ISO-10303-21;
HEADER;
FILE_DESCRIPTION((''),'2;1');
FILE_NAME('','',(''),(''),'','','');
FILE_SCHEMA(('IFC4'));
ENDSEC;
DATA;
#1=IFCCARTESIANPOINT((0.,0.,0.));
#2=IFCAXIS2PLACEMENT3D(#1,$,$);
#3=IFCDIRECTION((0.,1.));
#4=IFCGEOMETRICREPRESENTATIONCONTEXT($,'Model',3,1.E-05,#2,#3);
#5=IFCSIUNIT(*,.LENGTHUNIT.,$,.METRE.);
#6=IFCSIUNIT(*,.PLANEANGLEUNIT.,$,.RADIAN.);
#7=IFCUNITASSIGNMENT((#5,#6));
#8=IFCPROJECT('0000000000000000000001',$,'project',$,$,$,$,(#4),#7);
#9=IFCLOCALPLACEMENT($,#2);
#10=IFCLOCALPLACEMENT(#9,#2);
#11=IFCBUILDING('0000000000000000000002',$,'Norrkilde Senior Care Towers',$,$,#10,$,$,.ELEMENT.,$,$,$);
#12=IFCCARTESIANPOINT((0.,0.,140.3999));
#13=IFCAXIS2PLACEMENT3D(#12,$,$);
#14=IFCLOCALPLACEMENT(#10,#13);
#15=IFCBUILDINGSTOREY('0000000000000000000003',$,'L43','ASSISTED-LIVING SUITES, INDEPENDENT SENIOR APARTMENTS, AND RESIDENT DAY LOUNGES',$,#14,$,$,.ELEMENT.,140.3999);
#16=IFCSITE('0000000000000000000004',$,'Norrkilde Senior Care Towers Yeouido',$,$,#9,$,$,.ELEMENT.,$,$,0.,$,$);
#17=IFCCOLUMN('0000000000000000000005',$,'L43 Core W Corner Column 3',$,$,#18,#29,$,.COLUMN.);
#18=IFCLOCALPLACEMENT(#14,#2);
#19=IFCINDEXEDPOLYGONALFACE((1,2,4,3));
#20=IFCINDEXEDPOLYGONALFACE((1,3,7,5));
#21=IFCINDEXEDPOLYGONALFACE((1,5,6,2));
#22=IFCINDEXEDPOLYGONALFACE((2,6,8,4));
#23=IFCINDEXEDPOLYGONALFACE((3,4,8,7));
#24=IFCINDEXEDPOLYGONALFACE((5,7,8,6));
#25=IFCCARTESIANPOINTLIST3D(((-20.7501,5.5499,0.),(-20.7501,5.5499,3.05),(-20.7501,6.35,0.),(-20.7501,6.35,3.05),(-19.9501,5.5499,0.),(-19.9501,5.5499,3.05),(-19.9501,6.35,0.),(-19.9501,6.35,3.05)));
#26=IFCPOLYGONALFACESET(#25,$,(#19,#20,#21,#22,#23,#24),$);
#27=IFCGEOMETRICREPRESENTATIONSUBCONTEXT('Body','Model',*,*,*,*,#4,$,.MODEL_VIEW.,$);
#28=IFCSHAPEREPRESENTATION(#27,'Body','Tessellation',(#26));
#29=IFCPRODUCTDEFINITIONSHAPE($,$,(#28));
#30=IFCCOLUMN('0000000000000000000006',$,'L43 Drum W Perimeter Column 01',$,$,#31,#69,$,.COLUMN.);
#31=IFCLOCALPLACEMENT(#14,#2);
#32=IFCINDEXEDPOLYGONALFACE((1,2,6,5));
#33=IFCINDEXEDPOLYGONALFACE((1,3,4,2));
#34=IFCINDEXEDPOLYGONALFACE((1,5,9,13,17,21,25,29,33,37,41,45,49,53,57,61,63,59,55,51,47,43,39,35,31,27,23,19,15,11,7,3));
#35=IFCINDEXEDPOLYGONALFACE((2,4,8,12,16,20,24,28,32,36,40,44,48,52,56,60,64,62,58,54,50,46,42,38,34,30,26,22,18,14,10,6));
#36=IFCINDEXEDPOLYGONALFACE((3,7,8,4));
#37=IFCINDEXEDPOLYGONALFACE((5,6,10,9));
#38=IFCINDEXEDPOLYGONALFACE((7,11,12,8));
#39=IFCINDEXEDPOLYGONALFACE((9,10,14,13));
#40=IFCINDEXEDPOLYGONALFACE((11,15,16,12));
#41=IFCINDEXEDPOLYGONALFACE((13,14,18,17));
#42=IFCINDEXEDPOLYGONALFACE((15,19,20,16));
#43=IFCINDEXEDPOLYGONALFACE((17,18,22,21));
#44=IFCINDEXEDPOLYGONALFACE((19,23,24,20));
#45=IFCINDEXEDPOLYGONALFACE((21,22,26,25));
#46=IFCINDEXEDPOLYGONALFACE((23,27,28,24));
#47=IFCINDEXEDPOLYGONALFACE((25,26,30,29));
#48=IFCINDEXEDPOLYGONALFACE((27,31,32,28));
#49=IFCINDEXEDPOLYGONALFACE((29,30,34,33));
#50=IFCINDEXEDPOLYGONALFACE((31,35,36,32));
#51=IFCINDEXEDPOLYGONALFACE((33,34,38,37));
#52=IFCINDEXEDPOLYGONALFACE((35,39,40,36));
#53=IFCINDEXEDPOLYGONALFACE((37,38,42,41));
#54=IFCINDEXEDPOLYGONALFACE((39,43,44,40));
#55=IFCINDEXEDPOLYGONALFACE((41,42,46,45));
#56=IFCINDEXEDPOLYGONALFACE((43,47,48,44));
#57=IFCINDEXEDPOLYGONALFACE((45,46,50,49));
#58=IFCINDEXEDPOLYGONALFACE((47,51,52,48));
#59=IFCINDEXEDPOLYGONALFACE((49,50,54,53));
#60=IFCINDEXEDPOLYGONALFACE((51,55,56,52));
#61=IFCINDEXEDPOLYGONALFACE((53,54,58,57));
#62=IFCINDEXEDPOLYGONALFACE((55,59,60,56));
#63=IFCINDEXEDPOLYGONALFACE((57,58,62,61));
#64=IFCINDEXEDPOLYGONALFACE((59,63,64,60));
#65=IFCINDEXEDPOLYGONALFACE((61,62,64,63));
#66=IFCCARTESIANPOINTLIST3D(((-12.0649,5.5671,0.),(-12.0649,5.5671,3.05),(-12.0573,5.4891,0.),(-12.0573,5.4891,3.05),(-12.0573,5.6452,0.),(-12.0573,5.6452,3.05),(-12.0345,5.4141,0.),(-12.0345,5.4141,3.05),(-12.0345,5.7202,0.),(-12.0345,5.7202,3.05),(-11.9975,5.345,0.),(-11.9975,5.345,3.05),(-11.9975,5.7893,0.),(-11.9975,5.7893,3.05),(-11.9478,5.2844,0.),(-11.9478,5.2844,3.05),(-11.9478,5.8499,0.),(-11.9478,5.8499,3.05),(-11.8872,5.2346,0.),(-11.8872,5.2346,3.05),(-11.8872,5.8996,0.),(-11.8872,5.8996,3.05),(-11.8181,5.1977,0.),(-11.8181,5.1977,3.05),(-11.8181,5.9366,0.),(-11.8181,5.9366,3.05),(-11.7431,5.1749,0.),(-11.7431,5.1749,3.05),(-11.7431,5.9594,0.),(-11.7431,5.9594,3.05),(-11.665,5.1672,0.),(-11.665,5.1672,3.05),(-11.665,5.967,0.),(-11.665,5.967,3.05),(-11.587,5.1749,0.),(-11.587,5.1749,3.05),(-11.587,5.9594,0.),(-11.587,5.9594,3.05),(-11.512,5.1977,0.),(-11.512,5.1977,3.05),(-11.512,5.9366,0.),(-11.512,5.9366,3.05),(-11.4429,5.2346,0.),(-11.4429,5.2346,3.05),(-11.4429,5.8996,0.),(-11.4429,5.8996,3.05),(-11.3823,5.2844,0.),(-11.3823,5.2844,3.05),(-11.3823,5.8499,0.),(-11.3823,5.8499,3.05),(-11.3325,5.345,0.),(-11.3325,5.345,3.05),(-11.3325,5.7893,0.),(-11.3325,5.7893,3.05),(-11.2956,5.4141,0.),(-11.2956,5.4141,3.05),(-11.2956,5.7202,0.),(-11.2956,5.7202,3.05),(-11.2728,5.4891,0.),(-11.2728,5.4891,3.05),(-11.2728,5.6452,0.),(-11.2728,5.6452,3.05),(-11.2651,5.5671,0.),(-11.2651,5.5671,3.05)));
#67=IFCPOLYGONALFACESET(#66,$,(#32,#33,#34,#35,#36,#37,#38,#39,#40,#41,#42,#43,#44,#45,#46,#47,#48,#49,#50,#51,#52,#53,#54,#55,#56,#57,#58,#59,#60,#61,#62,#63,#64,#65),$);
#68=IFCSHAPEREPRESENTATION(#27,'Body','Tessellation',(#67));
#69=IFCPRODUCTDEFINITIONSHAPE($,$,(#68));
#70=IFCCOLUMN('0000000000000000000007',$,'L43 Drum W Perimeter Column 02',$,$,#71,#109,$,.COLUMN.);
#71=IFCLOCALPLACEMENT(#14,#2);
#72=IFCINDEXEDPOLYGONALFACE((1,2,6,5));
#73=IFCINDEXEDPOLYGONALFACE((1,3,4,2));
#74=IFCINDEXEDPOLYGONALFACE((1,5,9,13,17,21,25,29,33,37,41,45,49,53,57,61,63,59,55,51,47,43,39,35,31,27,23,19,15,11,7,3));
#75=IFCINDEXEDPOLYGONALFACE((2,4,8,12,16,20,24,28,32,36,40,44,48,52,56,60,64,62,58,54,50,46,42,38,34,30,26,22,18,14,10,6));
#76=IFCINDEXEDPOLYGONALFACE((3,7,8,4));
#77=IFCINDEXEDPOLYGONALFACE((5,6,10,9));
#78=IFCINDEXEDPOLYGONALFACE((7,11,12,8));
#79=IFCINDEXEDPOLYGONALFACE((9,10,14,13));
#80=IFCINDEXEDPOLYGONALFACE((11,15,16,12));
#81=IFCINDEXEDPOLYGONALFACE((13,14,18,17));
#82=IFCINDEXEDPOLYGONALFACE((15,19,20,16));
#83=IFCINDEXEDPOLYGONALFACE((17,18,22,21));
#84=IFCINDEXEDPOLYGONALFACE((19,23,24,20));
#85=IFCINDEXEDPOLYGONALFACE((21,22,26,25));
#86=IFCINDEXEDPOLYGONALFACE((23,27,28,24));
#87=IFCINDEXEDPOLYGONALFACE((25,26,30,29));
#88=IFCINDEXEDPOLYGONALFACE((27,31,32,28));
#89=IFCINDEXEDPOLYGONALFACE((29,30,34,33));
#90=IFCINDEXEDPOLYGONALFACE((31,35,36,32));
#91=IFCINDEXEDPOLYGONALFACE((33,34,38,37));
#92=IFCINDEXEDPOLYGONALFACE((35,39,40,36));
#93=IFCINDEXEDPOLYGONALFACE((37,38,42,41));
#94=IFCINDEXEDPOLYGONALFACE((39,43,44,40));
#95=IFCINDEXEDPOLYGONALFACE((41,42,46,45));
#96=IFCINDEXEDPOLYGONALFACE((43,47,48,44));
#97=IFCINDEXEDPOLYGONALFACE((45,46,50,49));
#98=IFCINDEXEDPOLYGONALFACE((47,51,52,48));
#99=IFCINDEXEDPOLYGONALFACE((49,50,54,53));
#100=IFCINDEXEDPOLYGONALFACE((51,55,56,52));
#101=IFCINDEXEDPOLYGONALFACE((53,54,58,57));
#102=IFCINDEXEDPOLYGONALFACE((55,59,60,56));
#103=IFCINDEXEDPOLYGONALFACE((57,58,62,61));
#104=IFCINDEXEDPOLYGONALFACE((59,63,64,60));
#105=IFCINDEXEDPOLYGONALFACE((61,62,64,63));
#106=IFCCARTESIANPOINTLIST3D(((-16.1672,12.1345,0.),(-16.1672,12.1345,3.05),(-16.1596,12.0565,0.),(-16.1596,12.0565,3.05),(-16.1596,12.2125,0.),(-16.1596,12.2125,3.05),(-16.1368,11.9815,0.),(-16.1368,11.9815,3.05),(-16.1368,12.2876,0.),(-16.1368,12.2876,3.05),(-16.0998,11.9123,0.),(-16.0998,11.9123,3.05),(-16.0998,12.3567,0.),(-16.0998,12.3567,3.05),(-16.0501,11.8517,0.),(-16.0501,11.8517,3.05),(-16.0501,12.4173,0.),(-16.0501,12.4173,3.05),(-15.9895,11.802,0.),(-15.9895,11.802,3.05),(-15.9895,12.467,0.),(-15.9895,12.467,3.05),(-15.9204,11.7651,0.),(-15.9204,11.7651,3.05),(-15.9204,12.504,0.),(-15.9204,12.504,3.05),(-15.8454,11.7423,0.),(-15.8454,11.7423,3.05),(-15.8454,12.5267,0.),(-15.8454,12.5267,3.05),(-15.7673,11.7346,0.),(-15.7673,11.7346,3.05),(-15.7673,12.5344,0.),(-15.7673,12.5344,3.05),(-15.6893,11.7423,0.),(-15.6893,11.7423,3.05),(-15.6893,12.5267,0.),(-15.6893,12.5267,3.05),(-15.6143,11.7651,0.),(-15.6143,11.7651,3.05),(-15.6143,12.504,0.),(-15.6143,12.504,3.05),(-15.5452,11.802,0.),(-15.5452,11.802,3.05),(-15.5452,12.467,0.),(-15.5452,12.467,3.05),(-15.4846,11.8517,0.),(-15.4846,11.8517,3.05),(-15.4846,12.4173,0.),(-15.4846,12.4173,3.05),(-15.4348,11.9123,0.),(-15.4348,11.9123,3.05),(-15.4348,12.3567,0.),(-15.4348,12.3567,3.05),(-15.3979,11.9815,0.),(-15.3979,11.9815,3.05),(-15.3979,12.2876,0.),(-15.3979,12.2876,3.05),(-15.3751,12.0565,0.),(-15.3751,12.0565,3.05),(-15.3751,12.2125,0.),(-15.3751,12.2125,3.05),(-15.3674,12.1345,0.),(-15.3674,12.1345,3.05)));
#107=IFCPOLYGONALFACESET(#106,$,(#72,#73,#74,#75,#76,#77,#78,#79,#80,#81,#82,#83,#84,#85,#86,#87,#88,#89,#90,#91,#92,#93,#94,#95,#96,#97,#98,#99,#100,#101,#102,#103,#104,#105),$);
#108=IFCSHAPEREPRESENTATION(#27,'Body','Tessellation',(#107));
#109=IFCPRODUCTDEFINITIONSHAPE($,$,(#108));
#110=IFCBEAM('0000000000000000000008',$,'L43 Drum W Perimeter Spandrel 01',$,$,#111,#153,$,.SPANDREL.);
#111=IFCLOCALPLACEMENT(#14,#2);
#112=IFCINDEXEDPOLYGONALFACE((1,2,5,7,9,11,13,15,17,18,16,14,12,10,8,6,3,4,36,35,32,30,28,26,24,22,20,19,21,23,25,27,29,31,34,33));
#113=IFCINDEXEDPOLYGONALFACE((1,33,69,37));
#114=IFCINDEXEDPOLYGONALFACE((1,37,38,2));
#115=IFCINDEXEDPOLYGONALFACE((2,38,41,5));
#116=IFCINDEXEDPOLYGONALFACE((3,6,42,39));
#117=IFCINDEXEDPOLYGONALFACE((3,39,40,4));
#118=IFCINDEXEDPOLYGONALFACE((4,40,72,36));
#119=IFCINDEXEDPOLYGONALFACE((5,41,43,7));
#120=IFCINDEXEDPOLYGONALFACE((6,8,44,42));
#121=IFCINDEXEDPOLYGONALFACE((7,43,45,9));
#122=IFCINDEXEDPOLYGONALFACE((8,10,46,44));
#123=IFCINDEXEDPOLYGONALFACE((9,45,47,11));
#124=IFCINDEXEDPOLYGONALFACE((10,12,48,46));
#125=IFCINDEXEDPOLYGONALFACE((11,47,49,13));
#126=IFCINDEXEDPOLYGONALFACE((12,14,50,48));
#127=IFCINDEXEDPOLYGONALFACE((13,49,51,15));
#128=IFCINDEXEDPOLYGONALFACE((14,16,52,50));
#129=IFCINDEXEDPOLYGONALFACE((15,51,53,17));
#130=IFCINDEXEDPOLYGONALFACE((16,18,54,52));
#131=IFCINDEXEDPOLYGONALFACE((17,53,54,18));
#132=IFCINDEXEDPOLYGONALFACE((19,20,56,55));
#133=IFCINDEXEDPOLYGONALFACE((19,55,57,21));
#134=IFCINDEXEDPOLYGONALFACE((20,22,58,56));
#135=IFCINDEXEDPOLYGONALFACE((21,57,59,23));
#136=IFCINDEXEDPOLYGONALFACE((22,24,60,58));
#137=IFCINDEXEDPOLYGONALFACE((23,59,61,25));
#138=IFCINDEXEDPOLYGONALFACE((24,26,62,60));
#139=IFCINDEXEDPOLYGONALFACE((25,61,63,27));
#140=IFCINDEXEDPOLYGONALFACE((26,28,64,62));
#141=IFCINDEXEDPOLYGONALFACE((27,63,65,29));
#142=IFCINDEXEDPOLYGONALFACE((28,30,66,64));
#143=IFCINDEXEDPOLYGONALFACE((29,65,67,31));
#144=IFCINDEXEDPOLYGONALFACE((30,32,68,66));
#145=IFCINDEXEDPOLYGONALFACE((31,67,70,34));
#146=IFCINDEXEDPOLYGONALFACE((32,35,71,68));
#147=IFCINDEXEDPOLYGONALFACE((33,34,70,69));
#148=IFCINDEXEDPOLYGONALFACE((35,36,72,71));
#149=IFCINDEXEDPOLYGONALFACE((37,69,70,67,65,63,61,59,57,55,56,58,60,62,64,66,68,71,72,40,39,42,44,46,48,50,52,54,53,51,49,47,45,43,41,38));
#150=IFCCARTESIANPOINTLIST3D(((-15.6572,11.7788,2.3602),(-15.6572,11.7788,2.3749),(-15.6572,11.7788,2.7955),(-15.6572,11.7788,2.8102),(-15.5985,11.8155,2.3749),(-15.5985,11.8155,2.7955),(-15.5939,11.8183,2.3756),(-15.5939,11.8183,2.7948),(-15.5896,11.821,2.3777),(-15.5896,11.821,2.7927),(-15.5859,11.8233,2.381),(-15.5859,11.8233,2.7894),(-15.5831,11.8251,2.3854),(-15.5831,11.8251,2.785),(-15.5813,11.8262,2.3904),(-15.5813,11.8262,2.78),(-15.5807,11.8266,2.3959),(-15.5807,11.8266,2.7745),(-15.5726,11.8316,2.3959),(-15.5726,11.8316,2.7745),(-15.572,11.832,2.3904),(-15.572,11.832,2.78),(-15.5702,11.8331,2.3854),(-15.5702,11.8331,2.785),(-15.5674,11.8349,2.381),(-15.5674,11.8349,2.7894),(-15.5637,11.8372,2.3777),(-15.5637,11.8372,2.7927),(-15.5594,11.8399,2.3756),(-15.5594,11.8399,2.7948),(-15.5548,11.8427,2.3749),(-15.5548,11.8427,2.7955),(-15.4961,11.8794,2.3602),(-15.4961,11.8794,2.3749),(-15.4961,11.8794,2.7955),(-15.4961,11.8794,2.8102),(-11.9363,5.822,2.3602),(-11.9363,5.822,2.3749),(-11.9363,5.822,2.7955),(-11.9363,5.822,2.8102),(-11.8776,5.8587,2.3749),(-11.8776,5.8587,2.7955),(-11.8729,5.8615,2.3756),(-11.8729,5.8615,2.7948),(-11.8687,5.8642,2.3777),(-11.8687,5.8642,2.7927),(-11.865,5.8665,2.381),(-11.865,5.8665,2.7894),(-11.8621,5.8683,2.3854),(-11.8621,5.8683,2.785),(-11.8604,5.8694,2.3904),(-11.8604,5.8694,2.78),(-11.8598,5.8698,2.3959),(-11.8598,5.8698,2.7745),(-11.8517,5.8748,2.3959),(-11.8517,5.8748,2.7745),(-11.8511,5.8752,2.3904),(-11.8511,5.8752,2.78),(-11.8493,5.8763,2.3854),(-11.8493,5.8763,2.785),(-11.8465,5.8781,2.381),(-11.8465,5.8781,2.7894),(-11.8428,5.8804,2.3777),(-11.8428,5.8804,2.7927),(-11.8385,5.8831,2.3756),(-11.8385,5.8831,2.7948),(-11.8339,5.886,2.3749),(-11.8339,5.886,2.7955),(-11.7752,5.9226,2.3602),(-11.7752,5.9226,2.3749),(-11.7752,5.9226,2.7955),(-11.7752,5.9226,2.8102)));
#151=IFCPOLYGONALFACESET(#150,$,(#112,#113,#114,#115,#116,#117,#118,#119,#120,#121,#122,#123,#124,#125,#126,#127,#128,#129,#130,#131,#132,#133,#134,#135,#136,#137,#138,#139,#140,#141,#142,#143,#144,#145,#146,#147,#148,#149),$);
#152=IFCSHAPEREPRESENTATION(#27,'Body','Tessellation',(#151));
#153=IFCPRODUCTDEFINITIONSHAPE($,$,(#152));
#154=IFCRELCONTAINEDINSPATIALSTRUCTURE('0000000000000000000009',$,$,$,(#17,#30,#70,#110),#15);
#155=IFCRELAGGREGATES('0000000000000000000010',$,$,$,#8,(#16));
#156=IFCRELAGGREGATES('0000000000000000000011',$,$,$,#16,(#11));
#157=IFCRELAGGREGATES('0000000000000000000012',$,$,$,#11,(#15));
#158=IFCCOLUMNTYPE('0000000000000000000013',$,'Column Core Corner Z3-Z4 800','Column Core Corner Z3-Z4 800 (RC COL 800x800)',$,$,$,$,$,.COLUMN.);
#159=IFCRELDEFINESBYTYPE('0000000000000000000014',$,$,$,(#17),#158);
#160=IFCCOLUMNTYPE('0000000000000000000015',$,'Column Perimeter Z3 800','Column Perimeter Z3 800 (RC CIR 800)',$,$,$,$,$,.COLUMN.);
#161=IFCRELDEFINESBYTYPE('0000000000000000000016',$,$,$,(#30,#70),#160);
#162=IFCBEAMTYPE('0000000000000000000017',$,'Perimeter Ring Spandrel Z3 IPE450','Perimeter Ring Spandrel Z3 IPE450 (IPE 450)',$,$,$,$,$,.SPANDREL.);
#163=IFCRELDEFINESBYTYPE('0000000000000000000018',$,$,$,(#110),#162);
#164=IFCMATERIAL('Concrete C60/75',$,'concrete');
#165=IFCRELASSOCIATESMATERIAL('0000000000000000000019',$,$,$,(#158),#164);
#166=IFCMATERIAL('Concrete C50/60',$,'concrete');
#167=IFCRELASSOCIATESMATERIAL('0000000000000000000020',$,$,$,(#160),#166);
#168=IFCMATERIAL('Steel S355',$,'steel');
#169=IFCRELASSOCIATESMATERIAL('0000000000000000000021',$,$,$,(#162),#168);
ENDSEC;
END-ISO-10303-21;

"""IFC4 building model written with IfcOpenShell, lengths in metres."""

from ifc_helpers import new_model, si_unit, direction, frame, origin, origin_2d, place, context, subcontext, project, spatial, rectangle, circle, i_section, extrude, source, transform, mapped, material, material_profile, profile_set, type_object, type_shapes, element, save


model = new_model("IFC4")

# Units and contexts
model_context = context("Model", 3, precision=1e-05, world=origin(), true_north=direction((0.0, 1.0)))
body_context = subcontext(model_context, "Body", "Model", "MODEL_VIEW")
ifc_project = project(units=[si_unit("LENGTHUNIT", "METRE"), si_unit("PLANEANGLEUNIT", "RADIAN")], contexts=[model_context])

# Site, building, storey
site_placement = place(None, origin())
site = spatial("IfcSite", under=ifc_project, at=site_placement, Name="Norrkilde Senior Care Towers Yeouido", CompositionType="ELEMENT", RefElevation=0.0)
building_placement = place(site_placement, origin())
building = spatial("IfcBuilding", under=site, at=building_placement, Name="Norrkilde Senior Care Towers", CompositionType="ELEMENT")
storey_placement = place(building_placement, frame((0.0, 0.0, 140.3999)))
storey = spatial("IfcBuildingStorey", under=building, at=storey_placement, Name="L43", Description="ASSISTED-LIVING SUITES, INDEPENDENT SENIOR APARTMENTS, AND RESIDENT DAY LOUNGES", CompositionType="ELEMENT", Elevation=140.3999)

# Columns
ifc_material_1 = material(Name="Concrete C60/75", Category="concrete")
ifc_material_profile_1 = material_profile(ifc_material_1, rectangle(XDim=0.8, YDim=0.8, at=origin_2d()), Name="RC COL 800x800")
ifc_profile_set_1 = profile_set([ifc_material_profile_1], Name="Concrete C60/75")
column_type_1 = type_object("IfcColumnType", Name="Column Core Corner Z3-Z4 800", Description="Column Core Corner Z3-Z4 800 (RC COL 800x800)", PredefinedType="COLUMN", material=ifc_profile_set_1)
shared_shape_1 = source(origin(), body_context, "Body", "SweptSolid", [
    extrude(rectangle(XDim=0.8, YDim=0.8, at=origin_2d()), origin(), (0.0, 0.0, 1.0), 3.05),
])
type_shapes(column_type_1, [shared_shape_1])
column_placement = place(storey_placement, frame((-20.3501, 5.95, 0.0), z_axis=(0.0, 0.0, 1.0), x_axis=(1.0, 0.0, 0.0)))
element("IfcColumn", 1, at=column_placement, inside=storey, type_object=column_type_1, Name="L43 Core W Corner Column 3", PredefinedType="COLUMN", context=body_context, shape_type="MappedRepresentation", body=[
    mapped(shared_shape_1, transform((0.0, 0.0, 0.0), x_axis=(1.0, 0.0, 0.0), y_axis=(0.0, 1.0, 0.0), z_axis=(0.0, 0.0, 1.0), scale=1.0)),
])
ifc_material_2 = material(Name="Concrete C50/60", Category="concrete")
ifc_material_profile_2 = material_profile(ifc_material_2, circle(Radius=0.3999, at=origin_2d()), Name="RC CIR 800")
ifc_profile_set_2 = profile_set([ifc_material_profile_2], Name="Concrete C50/60")
column_type_2 = type_object("IfcColumnType", Name="Column Perimeter Z3 800", Description="Column Perimeter Z3 800 (RC CIR 800)", PredefinedType="COLUMN", material=ifc_profile_set_2)
shared_shape_2 = source(origin(), body_context, "Body", "SweptSolid", [
    extrude(circle(Radius=0.3999, at=origin_2d()), origin(), (0.0, 0.0, 1.0), 3.05),
])
type_shapes(column_type_2, [shared_shape_2])
for number, where, z_axis, x_axis, name in (
    (2, (-11.665, 5.5671, 0.0), (0.0, 0.0, 1.0), (1.0, 0.0, 0.0), "L43 Drum W Perimeter Column 01"),
    (3, (-15.7673, 12.1345, 0.0), (0.0, 0.0, 1.0), (1.0, 0.0, 0.0), "L43 Drum W Perimeter Column 02"),
):
    element("IfcColumn", number, at=place(storey_placement, frame(where, z_axis=z_axis, x_axis=x_axis)), inside=storey, type_object=column_type_2, Name=name, PredefinedType="COLUMN", context=body_context, shape_type="MappedRepresentation", body=[
        mapped(shared_shape_2, transform((0.0, 0.0, 0.0), x_axis=(1.0, 0.0, 0.0), y_axis=(0.0, 1.0, 0.0), z_axis=(0.0, 0.0, 1.0), scale=1.0)),
    ])

# Beam
ifc_material_3 = material(Name="Steel S355", Category="steel")
ifc_material_profile_3 = material_profile(ifc_material_3, i_section(OverallWidth=0.1899, OverallDepth=0.45, WebThickness=0.0095, FlangeThickness=0.0146, FilletRadius=0.021, at=origin_2d()), Name="IPE 450")
ifc_profile_set_3 = profile_set([ifc_material_profile_3], Name="Steel S355")
beam_type_1 = type_object("IfcBeamType", Name="Perimeter Ring Spandrel Z3 IPE450", Description="Perimeter Ring Spandrel Z3 IPE450 (IPE 450)", PredefinedType="SPANDREL", material=ifc_profile_set_3)
shared_shape_3 = source(origin(), body_context, "Body", "SweptSolid", [
    extrude(i_section(OverallWidth=0.1899, OverallDepth=0.45, WebThickness=0.0095, FlangeThickness=0.0146, FilletRadius=0.021, at=origin_2d()), origin(), (0.0, 0.0, 1.0), 7.0234),
])
beam_1_placement = place(storey_placement, frame((-11.8557, 5.8723, 2.5852), z_axis=(-0.52979, 0.848129, 0.0), x_axis=(-0.848129, -0.52979, 0.0)))
element("IfcBeam", 4, at=beam_1_placement, inside=storey, type_object=beam_type_1, Name="L43 Drum W Perimeter Spandrel 01", PredefinedType="SPANDREL", context=body_context, shape_type="MappedRepresentation", body=[
    mapped(shared_shape_3, transform((0.0, 0.0, 0.0), x_axis=(1.0, 0.0, 0.0), y_axis=(0.0, 1.0, 0.0), z_axis=(0.0, 0.0, 1.0), scale=1.0)),
])

save(model, "model.ifc")
